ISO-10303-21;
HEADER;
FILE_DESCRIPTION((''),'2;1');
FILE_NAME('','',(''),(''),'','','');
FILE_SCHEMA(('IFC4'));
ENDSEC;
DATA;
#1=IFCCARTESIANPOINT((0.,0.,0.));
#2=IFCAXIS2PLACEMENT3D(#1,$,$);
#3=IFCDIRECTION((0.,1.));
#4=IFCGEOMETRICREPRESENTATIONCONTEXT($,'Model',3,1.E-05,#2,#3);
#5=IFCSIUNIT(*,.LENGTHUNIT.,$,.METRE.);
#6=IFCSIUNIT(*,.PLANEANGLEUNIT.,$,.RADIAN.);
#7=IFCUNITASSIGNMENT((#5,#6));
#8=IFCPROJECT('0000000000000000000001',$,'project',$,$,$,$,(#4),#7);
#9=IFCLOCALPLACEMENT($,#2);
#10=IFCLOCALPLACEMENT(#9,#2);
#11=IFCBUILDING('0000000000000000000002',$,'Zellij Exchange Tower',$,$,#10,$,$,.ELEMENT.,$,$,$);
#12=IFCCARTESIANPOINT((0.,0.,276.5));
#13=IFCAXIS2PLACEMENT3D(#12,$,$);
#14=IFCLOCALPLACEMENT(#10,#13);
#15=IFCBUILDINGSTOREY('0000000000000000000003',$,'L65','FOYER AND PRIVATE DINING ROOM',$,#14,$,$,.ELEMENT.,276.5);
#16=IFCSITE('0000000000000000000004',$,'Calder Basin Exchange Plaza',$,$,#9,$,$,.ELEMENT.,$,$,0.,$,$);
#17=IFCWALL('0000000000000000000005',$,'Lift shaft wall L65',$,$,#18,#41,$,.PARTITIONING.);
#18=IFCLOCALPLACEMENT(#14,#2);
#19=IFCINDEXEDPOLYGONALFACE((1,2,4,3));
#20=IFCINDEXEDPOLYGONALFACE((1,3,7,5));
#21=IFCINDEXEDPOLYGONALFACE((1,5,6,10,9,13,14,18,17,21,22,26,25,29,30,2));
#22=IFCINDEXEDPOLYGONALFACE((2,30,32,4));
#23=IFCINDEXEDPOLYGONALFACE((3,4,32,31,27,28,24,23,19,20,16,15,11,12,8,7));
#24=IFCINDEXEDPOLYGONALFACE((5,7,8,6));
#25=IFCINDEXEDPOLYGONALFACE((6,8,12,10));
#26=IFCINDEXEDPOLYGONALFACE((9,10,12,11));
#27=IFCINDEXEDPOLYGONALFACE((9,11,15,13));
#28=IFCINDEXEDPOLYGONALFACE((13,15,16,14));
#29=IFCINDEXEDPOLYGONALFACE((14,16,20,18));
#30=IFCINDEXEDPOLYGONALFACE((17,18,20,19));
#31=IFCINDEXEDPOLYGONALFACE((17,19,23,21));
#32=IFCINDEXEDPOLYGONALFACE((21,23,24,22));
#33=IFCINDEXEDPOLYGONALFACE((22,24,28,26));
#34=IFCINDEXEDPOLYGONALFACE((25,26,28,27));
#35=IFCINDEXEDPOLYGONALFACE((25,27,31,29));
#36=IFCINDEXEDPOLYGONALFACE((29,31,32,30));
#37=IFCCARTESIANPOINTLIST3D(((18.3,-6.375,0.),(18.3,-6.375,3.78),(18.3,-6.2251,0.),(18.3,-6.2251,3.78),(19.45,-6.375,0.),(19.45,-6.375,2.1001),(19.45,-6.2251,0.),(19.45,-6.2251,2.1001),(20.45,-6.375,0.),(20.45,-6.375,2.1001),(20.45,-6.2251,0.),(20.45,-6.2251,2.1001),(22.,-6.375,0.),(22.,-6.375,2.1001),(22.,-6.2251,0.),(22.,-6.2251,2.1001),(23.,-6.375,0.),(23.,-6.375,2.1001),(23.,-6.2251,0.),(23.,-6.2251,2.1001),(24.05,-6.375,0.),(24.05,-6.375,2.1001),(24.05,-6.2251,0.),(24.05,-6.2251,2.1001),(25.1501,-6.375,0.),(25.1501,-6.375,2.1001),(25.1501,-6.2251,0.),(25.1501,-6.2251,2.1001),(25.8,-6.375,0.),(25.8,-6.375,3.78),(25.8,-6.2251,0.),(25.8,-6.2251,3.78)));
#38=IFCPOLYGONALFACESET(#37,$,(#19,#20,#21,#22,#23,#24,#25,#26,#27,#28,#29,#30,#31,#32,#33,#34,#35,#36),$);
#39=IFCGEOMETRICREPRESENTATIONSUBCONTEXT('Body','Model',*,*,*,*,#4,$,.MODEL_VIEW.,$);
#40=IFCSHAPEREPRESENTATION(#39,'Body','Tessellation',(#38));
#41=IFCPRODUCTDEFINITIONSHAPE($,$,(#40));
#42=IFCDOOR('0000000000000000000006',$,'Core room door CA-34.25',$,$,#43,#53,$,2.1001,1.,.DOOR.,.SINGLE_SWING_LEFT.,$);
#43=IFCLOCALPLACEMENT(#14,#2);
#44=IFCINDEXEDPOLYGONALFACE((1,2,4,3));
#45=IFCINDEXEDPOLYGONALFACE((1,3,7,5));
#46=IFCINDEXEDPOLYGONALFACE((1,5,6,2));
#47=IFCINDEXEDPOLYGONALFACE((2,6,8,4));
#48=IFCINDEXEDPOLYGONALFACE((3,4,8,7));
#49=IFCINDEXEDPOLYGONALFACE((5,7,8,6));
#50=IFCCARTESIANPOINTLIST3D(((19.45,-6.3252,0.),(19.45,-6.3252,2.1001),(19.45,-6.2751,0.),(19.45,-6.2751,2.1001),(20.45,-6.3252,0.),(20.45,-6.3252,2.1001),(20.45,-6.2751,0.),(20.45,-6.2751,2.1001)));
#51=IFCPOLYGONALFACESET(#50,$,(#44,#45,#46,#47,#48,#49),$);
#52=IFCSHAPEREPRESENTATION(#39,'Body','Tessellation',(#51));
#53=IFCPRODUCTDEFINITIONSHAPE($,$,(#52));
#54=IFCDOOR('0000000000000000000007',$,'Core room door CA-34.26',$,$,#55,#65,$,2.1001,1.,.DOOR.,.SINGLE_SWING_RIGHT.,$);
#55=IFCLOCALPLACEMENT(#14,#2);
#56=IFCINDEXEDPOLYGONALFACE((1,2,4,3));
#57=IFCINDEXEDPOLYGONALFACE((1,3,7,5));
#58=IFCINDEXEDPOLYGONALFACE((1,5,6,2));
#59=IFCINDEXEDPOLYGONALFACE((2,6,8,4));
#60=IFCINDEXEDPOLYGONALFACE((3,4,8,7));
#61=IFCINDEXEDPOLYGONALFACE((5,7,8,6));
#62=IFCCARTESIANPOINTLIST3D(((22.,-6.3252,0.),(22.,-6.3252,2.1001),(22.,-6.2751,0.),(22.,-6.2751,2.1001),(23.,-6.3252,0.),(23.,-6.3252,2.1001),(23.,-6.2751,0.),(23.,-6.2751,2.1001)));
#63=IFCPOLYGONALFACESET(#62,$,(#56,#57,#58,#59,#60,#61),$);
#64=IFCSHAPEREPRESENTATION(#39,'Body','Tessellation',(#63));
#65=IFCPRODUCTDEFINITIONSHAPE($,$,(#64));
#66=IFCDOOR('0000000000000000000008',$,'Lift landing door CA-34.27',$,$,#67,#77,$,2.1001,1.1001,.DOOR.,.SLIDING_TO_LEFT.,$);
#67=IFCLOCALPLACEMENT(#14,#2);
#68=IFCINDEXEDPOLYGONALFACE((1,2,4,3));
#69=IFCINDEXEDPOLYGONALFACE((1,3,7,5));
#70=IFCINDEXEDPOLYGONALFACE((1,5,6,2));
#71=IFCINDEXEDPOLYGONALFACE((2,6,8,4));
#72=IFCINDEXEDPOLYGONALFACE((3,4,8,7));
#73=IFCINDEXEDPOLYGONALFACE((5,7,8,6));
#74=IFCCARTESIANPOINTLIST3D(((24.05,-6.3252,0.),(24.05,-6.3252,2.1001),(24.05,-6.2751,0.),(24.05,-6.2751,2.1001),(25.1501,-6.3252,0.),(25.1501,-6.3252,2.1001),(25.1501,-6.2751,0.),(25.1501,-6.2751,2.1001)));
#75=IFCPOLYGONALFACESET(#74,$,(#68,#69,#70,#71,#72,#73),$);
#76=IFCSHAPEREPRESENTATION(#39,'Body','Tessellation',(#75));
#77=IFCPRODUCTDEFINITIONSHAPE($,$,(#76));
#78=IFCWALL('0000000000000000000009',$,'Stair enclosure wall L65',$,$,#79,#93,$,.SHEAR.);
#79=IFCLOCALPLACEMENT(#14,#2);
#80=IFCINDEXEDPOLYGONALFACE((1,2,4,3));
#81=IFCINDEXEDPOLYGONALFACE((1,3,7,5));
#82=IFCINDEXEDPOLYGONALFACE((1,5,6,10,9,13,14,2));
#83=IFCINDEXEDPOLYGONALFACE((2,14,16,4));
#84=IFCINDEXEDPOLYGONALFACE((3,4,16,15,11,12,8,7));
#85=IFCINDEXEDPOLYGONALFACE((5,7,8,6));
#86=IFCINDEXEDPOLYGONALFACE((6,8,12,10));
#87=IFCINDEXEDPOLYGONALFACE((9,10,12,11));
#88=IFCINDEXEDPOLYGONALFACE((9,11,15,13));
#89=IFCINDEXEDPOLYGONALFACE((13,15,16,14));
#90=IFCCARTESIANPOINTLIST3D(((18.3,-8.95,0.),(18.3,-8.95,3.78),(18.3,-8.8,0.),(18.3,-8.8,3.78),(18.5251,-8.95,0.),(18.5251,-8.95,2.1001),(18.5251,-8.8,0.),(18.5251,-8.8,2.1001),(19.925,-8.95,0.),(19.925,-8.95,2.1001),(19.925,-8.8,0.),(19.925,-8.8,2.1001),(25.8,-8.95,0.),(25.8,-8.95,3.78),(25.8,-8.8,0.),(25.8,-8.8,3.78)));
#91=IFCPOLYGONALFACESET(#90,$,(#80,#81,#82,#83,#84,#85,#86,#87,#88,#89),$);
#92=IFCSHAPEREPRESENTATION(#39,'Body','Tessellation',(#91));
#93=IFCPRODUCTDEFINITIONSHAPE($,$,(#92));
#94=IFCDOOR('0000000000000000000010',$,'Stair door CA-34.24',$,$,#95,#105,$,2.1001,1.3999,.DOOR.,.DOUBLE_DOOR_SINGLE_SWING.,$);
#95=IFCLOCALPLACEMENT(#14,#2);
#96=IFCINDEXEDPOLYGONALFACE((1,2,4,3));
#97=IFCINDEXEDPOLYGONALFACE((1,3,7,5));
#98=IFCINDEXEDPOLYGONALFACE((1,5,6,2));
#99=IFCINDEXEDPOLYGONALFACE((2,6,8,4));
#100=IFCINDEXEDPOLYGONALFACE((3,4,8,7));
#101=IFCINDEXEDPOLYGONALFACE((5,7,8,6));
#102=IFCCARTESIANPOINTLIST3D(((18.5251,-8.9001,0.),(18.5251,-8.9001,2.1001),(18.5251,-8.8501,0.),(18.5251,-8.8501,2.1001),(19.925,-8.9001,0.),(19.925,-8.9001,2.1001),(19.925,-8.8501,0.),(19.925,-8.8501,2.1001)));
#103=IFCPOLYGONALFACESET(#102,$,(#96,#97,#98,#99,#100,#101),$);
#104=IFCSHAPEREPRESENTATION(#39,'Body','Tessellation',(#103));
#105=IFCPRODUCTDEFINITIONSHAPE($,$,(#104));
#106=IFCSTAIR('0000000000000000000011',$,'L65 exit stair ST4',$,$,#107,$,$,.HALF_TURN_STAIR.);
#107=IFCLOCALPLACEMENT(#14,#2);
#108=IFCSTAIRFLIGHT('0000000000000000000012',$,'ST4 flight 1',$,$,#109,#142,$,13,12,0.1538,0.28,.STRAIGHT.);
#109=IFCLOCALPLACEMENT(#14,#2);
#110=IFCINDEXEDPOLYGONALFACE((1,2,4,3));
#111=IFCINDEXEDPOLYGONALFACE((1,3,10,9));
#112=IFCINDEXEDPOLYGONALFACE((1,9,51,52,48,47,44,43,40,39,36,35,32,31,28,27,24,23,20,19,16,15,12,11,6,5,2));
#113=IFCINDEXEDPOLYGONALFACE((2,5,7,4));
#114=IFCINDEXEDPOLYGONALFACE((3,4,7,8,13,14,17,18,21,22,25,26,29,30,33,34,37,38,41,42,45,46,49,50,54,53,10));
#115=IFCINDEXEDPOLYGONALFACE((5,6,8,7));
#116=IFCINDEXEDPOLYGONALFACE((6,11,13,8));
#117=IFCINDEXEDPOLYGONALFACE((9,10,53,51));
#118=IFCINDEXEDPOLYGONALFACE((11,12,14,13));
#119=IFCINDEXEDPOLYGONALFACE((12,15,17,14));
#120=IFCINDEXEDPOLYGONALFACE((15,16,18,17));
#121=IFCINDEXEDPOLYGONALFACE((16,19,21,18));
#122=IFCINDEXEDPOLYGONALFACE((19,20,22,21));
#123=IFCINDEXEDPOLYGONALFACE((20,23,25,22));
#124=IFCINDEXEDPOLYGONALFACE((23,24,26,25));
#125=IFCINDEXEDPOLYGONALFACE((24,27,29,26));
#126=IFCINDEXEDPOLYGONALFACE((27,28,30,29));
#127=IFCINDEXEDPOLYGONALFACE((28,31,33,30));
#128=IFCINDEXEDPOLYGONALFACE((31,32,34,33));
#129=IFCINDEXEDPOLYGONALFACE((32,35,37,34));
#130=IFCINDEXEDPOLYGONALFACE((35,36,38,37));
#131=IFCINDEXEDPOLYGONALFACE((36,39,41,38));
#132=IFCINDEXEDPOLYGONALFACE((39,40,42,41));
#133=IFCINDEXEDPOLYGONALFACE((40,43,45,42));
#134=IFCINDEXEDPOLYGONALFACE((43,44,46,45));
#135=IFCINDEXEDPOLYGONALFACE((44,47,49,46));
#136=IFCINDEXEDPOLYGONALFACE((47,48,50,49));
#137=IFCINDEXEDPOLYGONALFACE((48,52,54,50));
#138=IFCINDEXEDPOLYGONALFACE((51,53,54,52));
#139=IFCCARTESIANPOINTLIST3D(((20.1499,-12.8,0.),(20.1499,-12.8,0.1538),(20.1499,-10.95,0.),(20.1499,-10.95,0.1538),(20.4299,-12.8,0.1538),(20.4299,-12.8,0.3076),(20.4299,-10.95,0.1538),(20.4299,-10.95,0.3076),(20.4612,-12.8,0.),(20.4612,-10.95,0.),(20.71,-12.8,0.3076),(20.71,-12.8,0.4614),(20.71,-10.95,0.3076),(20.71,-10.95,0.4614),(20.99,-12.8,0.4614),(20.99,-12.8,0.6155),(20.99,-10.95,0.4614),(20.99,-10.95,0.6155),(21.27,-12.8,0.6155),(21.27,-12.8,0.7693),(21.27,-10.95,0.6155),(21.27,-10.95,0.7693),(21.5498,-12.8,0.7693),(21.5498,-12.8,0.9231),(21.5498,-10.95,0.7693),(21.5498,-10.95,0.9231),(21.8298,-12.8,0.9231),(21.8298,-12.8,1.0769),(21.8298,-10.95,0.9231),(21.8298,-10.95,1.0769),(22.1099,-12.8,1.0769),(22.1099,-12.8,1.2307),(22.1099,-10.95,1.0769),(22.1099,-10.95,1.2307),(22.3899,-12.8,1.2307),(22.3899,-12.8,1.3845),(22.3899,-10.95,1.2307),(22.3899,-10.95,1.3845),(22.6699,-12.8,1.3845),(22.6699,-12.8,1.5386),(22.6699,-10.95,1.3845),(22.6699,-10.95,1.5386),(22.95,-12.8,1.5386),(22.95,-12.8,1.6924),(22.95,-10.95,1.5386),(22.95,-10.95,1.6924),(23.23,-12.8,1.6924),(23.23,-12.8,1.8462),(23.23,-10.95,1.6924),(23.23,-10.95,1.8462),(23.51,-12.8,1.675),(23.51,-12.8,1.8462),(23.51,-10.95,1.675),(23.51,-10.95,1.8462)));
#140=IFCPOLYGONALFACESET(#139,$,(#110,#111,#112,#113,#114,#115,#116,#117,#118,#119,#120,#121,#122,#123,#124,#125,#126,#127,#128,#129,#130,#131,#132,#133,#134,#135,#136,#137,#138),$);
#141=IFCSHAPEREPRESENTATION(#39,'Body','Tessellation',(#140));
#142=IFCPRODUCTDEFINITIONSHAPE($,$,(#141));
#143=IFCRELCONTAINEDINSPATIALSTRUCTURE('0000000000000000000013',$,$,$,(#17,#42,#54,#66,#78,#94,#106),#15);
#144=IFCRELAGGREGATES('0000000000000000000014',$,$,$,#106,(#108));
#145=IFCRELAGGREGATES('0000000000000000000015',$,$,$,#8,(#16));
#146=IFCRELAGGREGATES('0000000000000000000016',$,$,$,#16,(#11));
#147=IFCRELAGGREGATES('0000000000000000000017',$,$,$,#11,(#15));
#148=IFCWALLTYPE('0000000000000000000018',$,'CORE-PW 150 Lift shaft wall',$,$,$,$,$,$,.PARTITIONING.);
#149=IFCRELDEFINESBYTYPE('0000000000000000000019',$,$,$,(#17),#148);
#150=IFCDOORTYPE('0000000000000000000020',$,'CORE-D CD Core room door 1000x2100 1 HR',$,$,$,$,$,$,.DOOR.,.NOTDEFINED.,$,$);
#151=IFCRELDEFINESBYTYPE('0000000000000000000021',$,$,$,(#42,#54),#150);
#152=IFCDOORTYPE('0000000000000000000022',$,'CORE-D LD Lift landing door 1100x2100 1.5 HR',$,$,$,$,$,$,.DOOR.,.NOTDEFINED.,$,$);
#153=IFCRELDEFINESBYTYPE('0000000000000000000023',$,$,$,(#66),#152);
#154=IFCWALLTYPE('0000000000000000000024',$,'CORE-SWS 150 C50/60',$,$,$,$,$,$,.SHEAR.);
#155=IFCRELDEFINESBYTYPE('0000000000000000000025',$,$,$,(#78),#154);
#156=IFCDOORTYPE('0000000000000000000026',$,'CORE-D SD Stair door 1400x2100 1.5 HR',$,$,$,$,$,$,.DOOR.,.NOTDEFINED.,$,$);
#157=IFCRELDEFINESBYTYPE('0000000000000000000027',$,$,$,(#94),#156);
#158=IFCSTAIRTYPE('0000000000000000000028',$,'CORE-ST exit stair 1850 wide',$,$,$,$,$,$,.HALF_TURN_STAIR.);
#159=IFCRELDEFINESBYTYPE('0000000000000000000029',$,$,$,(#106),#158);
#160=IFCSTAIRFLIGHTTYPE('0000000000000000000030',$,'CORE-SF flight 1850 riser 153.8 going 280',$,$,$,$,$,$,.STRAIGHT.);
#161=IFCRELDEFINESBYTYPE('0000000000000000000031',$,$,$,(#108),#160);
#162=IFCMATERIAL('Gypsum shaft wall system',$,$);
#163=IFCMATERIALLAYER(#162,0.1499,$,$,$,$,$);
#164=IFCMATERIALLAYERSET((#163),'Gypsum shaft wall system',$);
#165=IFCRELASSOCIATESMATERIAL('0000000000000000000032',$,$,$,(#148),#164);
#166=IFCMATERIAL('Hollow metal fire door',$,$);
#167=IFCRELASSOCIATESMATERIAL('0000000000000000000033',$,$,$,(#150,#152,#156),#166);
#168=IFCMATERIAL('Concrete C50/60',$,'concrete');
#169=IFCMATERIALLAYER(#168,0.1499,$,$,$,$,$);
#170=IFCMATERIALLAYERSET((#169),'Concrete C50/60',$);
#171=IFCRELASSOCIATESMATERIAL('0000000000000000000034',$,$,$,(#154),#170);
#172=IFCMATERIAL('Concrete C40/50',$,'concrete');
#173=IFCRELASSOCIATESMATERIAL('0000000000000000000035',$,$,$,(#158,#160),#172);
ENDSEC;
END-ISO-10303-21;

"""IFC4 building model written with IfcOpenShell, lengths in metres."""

from ifc_helpers import new_model, si_unit, direction, frame, frame_2d, origin, place, context, subcontext, project, spatial, polyline, rectangle, outline, extrude, material, layer, layer_set, type_object, element, fill, aggregate, save


model = new_model("IFC4")

# Units and contexts
model_context = context("Model", 3, precision=1e-05, world=origin(), true_north=direction((0.0, 1.0)))
body_context = subcontext(model_context, "Body", "Model", "MODEL_VIEW")
ifc_project = project(units=[si_unit("LENGTHUNIT", "METRE"), si_unit("PLANEANGLEUNIT", "RADIAN")], contexts=[model_context])

# Site, building, storey
site_placement = place(None, origin())
site = spatial("IfcSite", under=ifc_project, at=site_placement, Name="Calder Basin Exchange Plaza", CompositionType="ELEMENT", RefElevation=0.0)
building_placement = place(site_placement, origin())
building = spatial("IfcBuilding", under=site, at=building_placement, Name="Zellij Exchange Tower", CompositionType="ELEMENT")
storey_placement = place(building_placement, frame((0.0, 0.0, 276.5)))
storey = spatial("IfcBuildingStorey", under=building, at=storey_placement, Name="L65", Description="FOYER AND PRIVATE DINING ROOM", CompositionType="ELEMENT", Elevation=276.5)

# Shared definitions
ifc_material_1 = material(Name="Concrete C50/60", Category="concrete")
ifc_material_2 = material(Name="Gypsum shaft wall system")
ifc_layer_1 = layer(ifc_material_2, 0.1499)
ifc_layer_set_1 = layer_set([ifc_layer_1], Name="Gypsum shaft wall system")
wall_type_1 = type_object("IfcWallType", Name="CORE-PW 150 Lift shaft wall", PredefinedType="PARTITIONING", material=ifc_layer_set_1)

# Wall, openings, doors
wall_1_placement = place(storey_placement, frame((18.3, -6.3, 0.0), z_axis=(0.0, 0.0, 1.0), x_axis=(1.0, 0.0, 0.0)))
wall_1 = element("IfcWall", 1, at=wall_1_placement, inside=storey, type_object=wall_type_1, Name="Lift shaft wall L65", PredefinedType="PARTITIONING", context=body_context, shape_type="SweptSolid", body=[
    extrude(rectangle(XDim=7.5, YDim=0.1499, at=frame_2d((3.75, 0.0))), origin(), (0.0, 0.0, 1.0), 3.78),
])
opening_1_placement = place(wall_1_placement, frame((1.1499, 0.0, 0.0)))
opening_1 = element("IfcOpeningElement", 2, at=opening_1_placement, cuts=wall_1, PredefinedType="OPENING", context=body_context, shape_type="SweptSolid", body=[
    extrude(rectangle(XDim=1.0, YDim=2.1001, at=frame_2d((0.5, 1.05))), frame((0.0, 0.0869, 0.0), z_axis=(0.0, -1.0, 0.0), x_axis=(1.0, 0.0, 0.0)), (0.0, 0.0, 1.0), 0.1738),
])
opening_2_placement = place(wall_1_placement, frame((3.7, 0.0, 0.0)))
opening_2 = element("IfcOpeningElement", 3, at=opening_2_placement, cuts=wall_1, PredefinedType="OPENING", context=body_context, shape_type="SweptSolid", body=[
    extrude(rectangle(XDim=1.0, YDim=2.1001, at=frame_2d((0.5, 1.05))), frame((0.0, 0.0869, 0.0), z_axis=(0.0, -1.0, 0.0), x_axis=(1.0, 0.0, 0.0)), (0.0, 0.0, 1.0), 0.1738),
])
opening_3_placement = place(wall_1_placement, frame((5.75, 0.0, 0.0)))
opening_3 = element("IfcOpeningElement", 4, at=opening_3_placement, cuts=wall_1, PredefinedType="OPENING", context=body_context, shape_type="SweptSolid", body=[
    extrude(rectangle(XDim=1.1001, YDim=2.1001, at=frame_2d((0.55, 1.05))), frame((0.0, 0.0869, 0.0), z_axis=(0.0, -1.0, 0.0), x_axis=(1.0, 0.0, 0.0)), (0.0, 0.0, 1.0), 0.1738),
])
ifc_material_3 = material(Name="Hollow metal fire door")
door_type_1 = type_object("IfcDoorType", Name="CORE-D CD Core room door 1000x2100 1 HR", OperationType="NOTDEFINED", PredefinedType="DOOR", material=ifc_material_3)
door_1_placement = place(opening_1_placement, origin())
door_1 = element("IfcDoor", 5, at=door_1_placement, inside=storey, type_object=door_type_1, Name="Core room door CA-34.25", OperationType="SINGLE_SWING_LEFT", OverallHeight=2.1001, OverallWidth=1.0, PredefinedType="DOOR", context=body_context, shape_type="SweptSolid", body=[
    extrude(rectangle(XDim=1.0, YDim=2.1001, at=frame_2d((0.5, 1.05))), frame((0.0, 0.0249, 0.0), z_axis=(0.0, -1.0, 0.0), x_axis=(1.0, 0.0, 0.0)), (0.0, 0.0, 1.0), 0.05),
])
fill(opening_1, door_1)
door_2_placement = place(opening_2_placement, origin())
door_2 = element("IfcDoor", 6, at=door_2_placement, inside=storey, type_object=door_type_1, Name="Core room door CA-34.26", OperationType="SINGLE_SWING_RIGHT", OverallHeight=2.1001, OverallWidth=1.0, PredefinedType="DOOR", context=body_context, shape_type="SweptSolid", body=[
    extrude(rectangle(XDim=1.0, YDim=2.1001, at=frame_2d((0.5, 1.05))), frame((0.0, 0.0249, 0.0), z_axis=(0.0, -1.0, 0.0), x_axis=(1.0, 0.0, 0.0)), (0.0, 0.0, 1.0), 0.05),
])
fill(opening_2, door_2)
door_type_2 = type_object("IfcDoorType", Name="CORE-D LD Lift landing door 1100x2100 1.5 HR", OperationType="NOTDEFINED", PredefinedType="DOOR", material=ifc_material_3)
door_3_placement = place(opening_3_placement, origin())
door_3 = element("IfcDoor", 7, at=door_3_placement, inside=storey, type_object=door_type_2, Name="Lift landing door CA-34.27", OperationType="SLIDING_TO_LEFT", OverallHeight=2.1001, OverallWidth=1.1001, PredefinedType="DOOR", context=body_context, shape_type="SweptSolid", body=[
    extrude(rectangle(XDim=1.1001, YDim=2.1001, at=frame_2d((0.55, 1.05))), frame((0.0, 0.0249, 0.0), z_axis=(0.0, -1.0, 0.0), x_axis=(1.0, 0.0, 0.0)), (0.0, 0.0, 1.0), 0.05),
])
fill(opening_3, door_3)

# Wall, opening, door
ifc_layer_2 = layer(ifc_material_1, 0.1499)
ifc_layer_set_2 = layer_set([ifc_layer_2], Name="Concrete C50/60")
wall_type_2 = type_object("IfcWallType", Name="CORE-SWS 150 C50/60", PredefinedType="SHEAR", material=ifc_layer_set_2)
wall_2_placement = place(storey_placement, frame((18.3, -8.875, 0.0), z_axis=(0.0, 0.0, 1.0), x_axis=(1.0, 0.0, 0.0)))
wall_2 = element("IfcWall", 8, at=wall_2_placement, inside=storey, type_object=wall_type_2, Name="Stair enclosure wall L65", PredefinedType="SHEAR", context=body_context, shape_type="SweptSolid", body=[
    extrude(rectangle(XDim=7.5, YDim=0.1499, at=frame_2d((3.75, 0.0))), origin(), (0.0, 0.0, 1.0), 3.78),
])
opening_4_placement = place(wall_2_placement, frame((0.2251, 0.0, 0.0)))
opening_4 = element("IfcOpeningElement", 9, at=opening_4_placement, cuts=wall_2, PredefinedType="OPENING", context=body_context, shape_type="SweptSolid", body=[
    extrude(rectangle(XDim=1.3999, YDim=2.1001, at=frame_2d((0.7, 1.05))), frame((0.0, 0.0869, 0.0), z_axis=(0.0, -1.0, 0.0), x_axis=(1.0, 0.0, 0.0)), (0.0, 0.0, 1.0), 0.1738),
])
door_type_3 = type_object("IfcDoorType", Name="CORE-D SD Stair door 1400x2100 1.5 HR", OperationType="NOTDEFINED", PredefinedType="DOOR", material=ifc_material_3)
door_4_placement = place(opening_4_placement, origin())
door_4 = element("IfcDoor", 10, at=door_4_placement, inside=storey, type_object=door_type_3, Name="Stair door CA-34.24", OperationType="DOUBLE_DOOR_SINGLE_SWING", OverallHeight=2.1001, OverallWidth=1.3999, PredefinedType="DOOR", context=body_context, shape_type="SweptSolid", body=[
    extrude(rectangle(XDim=1.3999, YDim=2.1001, at=frame_2d((0.7, 1.05))), frame((0.0, 0.0249, 0.0), z_axis=(0.0, -1.0, 0.0), x_axis=(1.0, 0.0, 0.0)), (0.0, 0.0, 1.0), 0.05),
])
fill(opening_4, door_4)

# Stair, stair flight
ifc_material_4 = material(Name="Concrete C40/50", Category="concrete")
stair_type = type_object("IfcStairType", Name="CORE-ST exit stair 1850 wide", PredefinedType="HALF_TURN_STAIR", material=ifc_material_4)
stair_placement = place(storey_placement, origin())
stair = element("IfcStair", 11, at=stair_placement, inside=storey, type_object=stair_type, Name="L65 exit stair ST4", PredefinedType="HALF_TURN_STAIR")
stair_flight_type = type_object("IfcStairFlightType", Name="CORE-SF flight 1850 riser 153.8 going 280", PredefinedType="STRAIGHT", material=ifc_material_4)
stair_flight_1_placement = place(storey_placement, frame((20.1499, -11.875, 0.0), z_axis=(0.0, 0.0, 1.0), x_axis=(1.0, 0.0, 0.0)))
stair_flight_1 = element("IfcStairFlight", 12, at=stair_flight_1_placement, type_object=stair_flight_type, Name="ST4 flight 1", NumberOfRisers=13, NumberOfTreads=12, PredefinedType="STRAIGHT", RiserHeight=0.1538, TreadLength=0.28, context=body_context, shape_type="SweptSolid", body=[
    extrude(outline(polyline([(0.0, 0.0), (0.0, 0.1538), (0.28, 0.1538), (0.28, 0.3076), (0.5601, 0.3076), (0.5601, 0.4614), (0.8401, 0.4614), (0.8401, 0.6155), (1.1201, 0.6155), (1.1201, 0.7693), (1.3999, 0.7693), (1.3999, 0.9231), (1.6799, 0.9231), (1.6799, 1.0769), (1.96, 1.0769), (1.96, 1.2307), (2.24, 1.2307), (2.24, 1.3845), (2.52, 1.3845), (2.52, 1.5386), (2.8, 1.5386), (2.8, 1.6924), (3.0801, 1.6924), (3.0801, 1.8462), (3.3601, 1.8462), (3.3601, 2.0), (3.3601, 1.675), (0.3113, 0.0), (0.0, 0.0)])), frame((0.0, 0.925, 0.0), z_axis=(0.0, -1.0, 0.0), x_axis=(1.0, 0.0, 0.0)), (0.0, 0.0, 1.0), 1.8501),
])
aggregate(stair, [stair_flight_1])

save(model, "model.ifc")
